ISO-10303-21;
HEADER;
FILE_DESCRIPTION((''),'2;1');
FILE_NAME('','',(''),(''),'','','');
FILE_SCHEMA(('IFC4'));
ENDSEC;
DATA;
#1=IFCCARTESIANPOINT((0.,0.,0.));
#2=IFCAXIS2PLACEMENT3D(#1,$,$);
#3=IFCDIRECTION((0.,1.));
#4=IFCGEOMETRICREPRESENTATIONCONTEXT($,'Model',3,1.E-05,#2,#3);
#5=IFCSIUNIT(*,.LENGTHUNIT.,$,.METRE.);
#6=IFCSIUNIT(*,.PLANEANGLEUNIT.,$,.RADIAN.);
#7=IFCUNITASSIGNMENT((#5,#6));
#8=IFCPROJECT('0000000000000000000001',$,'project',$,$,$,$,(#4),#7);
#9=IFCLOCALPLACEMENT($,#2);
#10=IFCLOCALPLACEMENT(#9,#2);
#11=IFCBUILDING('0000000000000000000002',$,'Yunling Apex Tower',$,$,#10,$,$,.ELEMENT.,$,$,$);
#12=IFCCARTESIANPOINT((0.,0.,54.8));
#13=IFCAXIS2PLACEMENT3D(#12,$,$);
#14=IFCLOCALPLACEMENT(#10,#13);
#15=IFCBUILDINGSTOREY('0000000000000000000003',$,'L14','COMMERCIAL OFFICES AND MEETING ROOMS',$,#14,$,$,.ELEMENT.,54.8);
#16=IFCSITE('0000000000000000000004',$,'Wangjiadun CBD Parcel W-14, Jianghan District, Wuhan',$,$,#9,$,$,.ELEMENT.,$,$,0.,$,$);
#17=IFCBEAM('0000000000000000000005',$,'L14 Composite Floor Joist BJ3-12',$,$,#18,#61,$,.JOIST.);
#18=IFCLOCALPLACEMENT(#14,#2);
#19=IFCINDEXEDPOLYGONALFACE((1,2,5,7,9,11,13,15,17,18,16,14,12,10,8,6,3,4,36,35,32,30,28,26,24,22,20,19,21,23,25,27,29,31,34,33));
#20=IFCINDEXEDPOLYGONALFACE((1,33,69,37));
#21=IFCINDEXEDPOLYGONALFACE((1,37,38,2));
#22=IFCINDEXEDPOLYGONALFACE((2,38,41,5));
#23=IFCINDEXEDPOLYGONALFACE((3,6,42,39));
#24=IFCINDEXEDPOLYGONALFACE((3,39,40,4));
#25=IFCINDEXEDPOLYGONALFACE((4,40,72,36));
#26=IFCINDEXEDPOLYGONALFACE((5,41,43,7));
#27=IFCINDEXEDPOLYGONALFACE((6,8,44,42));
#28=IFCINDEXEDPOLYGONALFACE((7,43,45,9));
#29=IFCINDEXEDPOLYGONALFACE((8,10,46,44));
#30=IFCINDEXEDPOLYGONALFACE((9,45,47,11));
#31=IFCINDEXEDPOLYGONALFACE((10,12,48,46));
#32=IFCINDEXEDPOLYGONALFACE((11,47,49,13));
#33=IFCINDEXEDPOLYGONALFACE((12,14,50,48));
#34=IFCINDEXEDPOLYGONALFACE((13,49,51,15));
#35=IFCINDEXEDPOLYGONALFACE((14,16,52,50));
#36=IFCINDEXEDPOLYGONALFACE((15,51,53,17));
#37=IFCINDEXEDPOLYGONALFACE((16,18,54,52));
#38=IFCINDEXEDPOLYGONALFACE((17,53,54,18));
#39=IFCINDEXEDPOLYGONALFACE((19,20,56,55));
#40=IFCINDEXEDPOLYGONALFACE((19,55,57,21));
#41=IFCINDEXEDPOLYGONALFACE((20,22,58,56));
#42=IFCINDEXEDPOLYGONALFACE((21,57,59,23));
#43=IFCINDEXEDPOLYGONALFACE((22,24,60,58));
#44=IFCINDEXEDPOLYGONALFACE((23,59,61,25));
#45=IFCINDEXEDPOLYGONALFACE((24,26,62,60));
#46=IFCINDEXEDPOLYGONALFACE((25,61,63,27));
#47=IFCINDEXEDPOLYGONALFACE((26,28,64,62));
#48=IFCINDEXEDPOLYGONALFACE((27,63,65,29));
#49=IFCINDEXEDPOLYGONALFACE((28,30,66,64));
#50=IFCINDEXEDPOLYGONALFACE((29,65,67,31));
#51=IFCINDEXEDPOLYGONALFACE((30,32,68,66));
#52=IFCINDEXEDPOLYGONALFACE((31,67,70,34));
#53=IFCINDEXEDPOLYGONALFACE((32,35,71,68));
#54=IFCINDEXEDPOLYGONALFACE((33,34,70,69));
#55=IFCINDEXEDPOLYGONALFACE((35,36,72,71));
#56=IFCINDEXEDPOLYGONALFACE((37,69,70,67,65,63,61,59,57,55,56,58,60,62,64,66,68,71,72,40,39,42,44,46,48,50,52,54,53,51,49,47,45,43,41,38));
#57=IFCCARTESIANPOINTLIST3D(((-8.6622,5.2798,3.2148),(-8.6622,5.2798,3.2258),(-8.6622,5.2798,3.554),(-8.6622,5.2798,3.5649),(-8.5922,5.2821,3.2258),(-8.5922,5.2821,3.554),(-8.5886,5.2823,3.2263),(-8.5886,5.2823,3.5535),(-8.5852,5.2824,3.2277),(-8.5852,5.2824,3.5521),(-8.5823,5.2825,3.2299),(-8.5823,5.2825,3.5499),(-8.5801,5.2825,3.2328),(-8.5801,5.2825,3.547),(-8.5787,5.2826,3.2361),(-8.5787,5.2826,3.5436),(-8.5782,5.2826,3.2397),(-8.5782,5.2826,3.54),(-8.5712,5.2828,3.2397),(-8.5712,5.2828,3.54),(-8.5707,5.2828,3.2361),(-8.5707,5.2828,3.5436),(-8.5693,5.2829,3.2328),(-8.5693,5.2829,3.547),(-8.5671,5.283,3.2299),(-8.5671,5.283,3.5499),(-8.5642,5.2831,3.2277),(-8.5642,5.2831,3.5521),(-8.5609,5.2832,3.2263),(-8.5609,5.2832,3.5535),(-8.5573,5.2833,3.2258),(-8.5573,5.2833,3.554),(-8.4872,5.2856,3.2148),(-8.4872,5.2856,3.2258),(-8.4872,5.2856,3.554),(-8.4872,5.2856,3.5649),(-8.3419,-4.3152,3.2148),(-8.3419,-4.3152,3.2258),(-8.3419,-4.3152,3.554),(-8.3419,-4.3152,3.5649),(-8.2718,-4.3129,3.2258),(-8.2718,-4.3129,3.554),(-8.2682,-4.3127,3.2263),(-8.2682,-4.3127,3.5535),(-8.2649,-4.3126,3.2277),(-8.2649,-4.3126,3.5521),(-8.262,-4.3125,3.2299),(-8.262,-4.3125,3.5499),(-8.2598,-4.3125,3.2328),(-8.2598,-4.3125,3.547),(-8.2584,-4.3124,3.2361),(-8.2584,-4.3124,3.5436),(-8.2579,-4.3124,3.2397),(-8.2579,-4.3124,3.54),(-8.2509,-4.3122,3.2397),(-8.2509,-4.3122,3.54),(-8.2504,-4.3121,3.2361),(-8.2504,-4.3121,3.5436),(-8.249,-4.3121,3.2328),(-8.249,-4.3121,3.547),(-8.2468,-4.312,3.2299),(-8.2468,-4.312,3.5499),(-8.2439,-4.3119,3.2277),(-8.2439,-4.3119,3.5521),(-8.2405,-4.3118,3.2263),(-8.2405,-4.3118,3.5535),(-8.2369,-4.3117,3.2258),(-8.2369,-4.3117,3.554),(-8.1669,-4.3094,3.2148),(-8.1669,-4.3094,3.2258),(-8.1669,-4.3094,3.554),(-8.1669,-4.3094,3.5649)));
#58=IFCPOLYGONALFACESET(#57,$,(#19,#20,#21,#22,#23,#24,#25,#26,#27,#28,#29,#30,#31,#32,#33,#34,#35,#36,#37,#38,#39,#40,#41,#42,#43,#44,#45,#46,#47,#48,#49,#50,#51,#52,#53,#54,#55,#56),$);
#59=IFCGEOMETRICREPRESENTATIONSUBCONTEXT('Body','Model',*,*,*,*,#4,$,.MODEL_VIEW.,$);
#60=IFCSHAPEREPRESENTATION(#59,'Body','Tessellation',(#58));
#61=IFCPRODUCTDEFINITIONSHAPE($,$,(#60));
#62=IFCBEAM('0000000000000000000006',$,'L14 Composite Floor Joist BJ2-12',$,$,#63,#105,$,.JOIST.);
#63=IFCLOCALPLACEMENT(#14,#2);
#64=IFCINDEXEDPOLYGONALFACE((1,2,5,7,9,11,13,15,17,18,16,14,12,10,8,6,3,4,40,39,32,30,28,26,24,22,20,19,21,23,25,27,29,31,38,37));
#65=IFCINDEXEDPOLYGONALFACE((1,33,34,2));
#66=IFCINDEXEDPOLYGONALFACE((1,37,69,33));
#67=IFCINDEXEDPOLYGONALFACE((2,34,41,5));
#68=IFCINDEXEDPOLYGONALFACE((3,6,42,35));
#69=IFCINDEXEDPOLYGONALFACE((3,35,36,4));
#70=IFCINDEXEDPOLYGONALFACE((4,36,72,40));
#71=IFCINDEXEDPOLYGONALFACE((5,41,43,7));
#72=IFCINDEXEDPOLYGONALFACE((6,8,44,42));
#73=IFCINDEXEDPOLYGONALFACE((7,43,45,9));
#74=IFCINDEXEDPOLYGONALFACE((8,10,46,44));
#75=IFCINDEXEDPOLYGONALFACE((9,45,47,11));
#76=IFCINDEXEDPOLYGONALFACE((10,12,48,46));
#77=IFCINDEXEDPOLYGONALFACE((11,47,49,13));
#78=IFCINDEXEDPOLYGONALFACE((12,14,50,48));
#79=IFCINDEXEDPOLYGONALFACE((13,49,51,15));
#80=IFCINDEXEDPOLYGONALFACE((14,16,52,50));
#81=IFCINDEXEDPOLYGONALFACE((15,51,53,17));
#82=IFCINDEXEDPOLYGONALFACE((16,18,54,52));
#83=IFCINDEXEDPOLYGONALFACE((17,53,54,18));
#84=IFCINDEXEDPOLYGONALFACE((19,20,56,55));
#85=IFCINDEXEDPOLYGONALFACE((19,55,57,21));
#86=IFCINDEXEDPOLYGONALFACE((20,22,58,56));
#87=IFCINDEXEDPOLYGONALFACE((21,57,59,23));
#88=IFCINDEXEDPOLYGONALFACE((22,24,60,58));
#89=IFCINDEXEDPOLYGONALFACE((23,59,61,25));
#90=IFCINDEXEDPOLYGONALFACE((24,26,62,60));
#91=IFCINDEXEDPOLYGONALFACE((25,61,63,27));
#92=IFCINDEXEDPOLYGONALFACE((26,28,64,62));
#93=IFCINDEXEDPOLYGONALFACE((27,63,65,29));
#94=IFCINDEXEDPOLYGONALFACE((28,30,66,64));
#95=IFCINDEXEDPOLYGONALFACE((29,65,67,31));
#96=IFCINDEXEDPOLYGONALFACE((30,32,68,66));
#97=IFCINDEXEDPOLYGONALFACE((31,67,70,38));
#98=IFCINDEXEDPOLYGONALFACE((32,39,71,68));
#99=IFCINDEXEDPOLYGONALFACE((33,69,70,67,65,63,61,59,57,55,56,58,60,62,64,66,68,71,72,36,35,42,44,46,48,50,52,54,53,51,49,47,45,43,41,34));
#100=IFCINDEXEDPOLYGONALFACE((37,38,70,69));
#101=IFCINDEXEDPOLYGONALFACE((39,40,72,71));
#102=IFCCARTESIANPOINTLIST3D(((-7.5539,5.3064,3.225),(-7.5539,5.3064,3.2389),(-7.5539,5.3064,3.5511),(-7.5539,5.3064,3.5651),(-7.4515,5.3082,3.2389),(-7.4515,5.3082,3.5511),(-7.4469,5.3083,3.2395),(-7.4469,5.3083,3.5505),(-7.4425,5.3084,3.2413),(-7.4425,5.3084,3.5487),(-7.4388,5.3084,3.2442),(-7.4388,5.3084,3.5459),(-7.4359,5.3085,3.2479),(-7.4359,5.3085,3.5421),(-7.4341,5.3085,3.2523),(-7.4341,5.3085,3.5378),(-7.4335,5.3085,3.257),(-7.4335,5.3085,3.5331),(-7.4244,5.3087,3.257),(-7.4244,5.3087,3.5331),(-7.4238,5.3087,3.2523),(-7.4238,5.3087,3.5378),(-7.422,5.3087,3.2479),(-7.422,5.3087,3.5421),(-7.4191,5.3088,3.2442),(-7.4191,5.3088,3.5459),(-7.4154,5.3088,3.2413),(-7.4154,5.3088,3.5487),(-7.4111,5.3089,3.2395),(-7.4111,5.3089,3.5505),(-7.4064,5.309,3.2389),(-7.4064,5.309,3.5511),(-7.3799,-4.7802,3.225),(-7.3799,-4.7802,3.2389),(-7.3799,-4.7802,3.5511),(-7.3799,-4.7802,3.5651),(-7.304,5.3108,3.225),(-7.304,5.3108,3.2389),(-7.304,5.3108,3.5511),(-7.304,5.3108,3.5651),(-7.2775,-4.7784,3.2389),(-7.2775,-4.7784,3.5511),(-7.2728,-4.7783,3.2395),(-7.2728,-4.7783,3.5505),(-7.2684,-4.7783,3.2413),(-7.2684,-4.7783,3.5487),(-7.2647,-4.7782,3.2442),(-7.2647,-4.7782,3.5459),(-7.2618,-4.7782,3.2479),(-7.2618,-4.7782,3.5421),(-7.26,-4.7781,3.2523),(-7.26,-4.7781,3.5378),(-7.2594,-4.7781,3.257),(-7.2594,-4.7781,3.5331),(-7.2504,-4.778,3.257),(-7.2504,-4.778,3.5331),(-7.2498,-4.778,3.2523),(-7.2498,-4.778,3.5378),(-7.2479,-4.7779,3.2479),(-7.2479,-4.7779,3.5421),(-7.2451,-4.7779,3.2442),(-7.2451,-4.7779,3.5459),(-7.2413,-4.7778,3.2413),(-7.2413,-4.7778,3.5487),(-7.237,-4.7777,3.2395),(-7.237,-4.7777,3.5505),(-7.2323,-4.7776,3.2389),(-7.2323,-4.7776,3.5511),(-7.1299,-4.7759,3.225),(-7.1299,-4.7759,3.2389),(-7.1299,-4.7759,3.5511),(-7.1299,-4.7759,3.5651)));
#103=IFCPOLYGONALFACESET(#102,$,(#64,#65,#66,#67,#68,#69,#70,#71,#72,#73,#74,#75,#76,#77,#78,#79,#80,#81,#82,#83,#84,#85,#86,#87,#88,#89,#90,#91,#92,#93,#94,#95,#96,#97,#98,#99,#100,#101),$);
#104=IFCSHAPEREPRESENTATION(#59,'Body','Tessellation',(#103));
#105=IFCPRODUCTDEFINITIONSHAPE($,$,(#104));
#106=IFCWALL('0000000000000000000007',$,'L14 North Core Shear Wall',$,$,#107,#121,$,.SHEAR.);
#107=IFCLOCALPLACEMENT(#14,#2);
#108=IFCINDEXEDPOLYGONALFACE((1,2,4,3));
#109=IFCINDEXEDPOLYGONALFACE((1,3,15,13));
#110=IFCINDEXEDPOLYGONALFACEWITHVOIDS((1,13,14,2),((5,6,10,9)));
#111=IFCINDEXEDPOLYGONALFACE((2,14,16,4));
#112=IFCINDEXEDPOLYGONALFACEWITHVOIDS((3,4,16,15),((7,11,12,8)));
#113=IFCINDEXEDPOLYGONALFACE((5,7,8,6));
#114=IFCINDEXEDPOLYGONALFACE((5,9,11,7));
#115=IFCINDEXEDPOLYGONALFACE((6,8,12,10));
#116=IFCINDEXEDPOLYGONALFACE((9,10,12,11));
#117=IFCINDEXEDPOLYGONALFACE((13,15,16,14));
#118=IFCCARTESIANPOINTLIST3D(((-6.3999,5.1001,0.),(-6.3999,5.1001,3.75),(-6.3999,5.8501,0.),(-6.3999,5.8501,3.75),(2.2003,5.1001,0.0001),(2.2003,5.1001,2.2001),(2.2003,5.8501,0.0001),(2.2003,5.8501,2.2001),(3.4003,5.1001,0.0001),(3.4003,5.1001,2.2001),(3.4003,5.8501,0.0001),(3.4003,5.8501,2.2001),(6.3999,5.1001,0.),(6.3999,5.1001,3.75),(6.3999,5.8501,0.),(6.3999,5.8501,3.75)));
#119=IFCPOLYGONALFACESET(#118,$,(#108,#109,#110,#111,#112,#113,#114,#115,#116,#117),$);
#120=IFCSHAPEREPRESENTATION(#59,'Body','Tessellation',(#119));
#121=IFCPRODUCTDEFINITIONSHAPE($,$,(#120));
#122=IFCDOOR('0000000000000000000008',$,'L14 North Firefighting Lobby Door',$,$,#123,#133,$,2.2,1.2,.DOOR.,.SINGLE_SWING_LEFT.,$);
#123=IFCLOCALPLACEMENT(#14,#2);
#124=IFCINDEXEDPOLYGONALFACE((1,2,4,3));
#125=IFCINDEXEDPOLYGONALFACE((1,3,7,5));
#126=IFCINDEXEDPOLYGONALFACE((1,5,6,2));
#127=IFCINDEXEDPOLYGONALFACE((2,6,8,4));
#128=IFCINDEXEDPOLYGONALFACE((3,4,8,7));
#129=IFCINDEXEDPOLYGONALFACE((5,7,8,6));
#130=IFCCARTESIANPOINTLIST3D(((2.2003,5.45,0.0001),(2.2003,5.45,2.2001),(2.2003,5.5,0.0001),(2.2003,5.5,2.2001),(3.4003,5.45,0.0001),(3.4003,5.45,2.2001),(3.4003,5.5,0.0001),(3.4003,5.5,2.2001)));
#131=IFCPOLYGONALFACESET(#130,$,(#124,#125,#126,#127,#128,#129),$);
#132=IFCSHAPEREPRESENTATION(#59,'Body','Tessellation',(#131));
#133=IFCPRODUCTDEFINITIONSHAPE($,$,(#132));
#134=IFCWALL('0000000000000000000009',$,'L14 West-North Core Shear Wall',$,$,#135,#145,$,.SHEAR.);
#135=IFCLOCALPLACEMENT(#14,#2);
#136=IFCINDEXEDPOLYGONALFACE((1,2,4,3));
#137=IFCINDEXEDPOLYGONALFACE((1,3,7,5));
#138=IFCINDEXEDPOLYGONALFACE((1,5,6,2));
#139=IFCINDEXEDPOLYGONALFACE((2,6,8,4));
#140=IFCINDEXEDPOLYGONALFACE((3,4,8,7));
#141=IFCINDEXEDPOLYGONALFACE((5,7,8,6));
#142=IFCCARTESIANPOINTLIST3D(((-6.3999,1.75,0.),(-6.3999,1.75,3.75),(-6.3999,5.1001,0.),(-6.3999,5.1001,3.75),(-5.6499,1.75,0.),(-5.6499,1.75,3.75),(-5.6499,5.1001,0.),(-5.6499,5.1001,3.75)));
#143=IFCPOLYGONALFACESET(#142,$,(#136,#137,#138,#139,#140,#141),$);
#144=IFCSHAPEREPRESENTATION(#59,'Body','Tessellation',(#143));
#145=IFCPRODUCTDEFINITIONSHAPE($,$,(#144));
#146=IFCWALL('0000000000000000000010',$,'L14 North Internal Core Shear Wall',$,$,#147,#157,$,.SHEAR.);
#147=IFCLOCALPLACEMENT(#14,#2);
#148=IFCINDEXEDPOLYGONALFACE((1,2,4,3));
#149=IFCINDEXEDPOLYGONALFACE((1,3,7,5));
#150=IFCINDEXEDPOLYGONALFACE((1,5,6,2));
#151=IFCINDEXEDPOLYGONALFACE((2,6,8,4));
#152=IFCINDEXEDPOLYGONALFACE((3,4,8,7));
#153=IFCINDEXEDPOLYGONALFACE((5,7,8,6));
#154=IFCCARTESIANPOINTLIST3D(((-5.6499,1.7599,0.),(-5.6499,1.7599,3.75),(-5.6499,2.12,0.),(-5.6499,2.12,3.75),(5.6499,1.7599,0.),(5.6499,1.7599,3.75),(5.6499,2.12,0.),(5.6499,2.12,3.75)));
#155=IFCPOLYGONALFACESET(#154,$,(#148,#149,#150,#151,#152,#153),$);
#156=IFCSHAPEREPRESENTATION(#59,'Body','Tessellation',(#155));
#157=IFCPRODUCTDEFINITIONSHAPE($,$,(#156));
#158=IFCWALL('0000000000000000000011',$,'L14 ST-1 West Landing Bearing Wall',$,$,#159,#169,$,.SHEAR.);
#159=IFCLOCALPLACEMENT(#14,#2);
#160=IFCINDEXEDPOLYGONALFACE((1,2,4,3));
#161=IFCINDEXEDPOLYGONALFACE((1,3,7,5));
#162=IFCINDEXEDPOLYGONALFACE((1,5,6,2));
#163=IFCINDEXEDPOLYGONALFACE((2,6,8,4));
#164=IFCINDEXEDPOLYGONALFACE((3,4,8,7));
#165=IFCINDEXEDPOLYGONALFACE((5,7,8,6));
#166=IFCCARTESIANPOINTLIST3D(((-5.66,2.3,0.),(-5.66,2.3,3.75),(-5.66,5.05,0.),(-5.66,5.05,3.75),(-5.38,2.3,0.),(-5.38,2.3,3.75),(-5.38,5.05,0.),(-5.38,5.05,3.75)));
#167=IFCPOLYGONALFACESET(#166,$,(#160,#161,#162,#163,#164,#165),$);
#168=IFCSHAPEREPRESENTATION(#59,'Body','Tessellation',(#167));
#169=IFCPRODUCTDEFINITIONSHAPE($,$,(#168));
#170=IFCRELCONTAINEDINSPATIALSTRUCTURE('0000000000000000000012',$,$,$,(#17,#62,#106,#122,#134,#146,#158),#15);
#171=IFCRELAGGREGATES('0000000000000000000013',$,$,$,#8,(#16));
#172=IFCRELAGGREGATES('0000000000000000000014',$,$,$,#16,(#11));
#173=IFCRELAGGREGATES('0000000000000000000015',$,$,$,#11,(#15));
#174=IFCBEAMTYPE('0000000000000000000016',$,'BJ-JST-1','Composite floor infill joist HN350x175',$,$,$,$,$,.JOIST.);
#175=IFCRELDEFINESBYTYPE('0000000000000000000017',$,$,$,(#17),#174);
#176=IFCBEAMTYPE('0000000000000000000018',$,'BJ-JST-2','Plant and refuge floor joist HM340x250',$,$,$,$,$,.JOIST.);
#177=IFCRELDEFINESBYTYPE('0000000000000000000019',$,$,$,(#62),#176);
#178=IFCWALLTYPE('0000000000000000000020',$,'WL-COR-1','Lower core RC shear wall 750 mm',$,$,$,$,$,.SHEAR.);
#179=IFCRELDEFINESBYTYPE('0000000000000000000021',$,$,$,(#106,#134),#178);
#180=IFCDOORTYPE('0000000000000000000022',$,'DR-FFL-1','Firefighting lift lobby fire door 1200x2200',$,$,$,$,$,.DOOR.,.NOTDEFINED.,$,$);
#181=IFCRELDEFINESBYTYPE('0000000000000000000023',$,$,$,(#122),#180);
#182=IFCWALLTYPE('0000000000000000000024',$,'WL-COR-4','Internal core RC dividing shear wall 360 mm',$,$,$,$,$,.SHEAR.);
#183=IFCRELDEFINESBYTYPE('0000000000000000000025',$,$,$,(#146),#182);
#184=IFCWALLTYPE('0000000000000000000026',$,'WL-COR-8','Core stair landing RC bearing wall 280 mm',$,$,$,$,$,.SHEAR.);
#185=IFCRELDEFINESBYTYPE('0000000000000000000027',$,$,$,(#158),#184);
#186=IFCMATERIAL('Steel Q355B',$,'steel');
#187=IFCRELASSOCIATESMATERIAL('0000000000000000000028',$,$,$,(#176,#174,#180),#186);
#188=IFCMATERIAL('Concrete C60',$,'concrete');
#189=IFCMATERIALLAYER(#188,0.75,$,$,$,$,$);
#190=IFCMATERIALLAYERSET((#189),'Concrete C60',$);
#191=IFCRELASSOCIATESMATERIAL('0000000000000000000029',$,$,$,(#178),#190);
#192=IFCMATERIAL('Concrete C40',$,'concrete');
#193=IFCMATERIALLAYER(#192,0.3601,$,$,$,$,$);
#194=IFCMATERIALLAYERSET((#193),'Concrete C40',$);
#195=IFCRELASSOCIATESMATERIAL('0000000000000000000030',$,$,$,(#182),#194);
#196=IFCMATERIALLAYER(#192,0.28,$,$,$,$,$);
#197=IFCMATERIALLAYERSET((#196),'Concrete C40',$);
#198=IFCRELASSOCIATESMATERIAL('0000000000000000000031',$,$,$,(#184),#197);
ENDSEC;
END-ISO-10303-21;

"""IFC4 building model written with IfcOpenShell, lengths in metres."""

from ifc_helpers import new_model, si_unit, direction, frame, frame_2d, origin, origin_2d, place, context, subcontext, project, spatial, rectangle, i_section, extrude, source, transform, mapped, material, layer, layer_set, material_profile, profile_set, type_object, element, fill, save


model = new_model("IFC4")

# Units and contexts
model_context = context("Model", 3, precision=1e-05, world=origin(), true_north=direction((0.0, 1.0)))
body_context = subcontext(model_context, "Body", "Model", "MODEL_VIEW")
ifc_project = project(units=[si_unit("LENGTHUNIT", "METRE"), si_unit("PLANEANGLEUNIT", "RADIAN")], contexts=[model_context])

# Site, building, storey
site_placement = place(None, origin())
site = spatial("IfcSite", under=ifc_project, at=site_placement, Name="Wangjiadun CBD Parcel W-14, Jianghan District, Wuhan", CompositionType="ELEMENT", RefElevation=0.0)
building_placement = place(site_placement, origin())
building = spatial("IfcBuilding", under=site, at=building_placement, Name="Yunling Apex Tower", CompositionType="ELEMENT")
storey_placement = place(building_placement, frame((0.0, 0.0, 54.8)))
storey = spatial("IfcBuildingStorey", under=building, at=storey_placement, Name="L14", Description="COMMERCIAL OFFICES AND MEETING ROOMS", CompositionType="ELEMENT", Elevation=54.8)

# Shared definitions
ifc_material_1 = material(Name="Concrete C60", Category="concrete")

# Beams
ifc_material_2 = material(Name="Steel Q355B", Category="steel")
ifc_material_profile_1 = material_profile(ifc_material_2, i_section(OverallWidth=0.25, OverallDepth=0.3401, WebThickness=0.009, FlangeThickness=0.0139, FilletRadius=0.0181, at=origin_2d()))
ifc_profile_set_1 = profile_set([ifc_material_profile_1], Name="Steel Q355B")
beam_type_1 = type_object("IfcBeamType", Name="BJ-JST-2", Description="Plant and refuge floor joist HM340x250", PredefinedType="JOIST", material=ifc_profile_set_1)
ifc_material_profile_2 = material_profile(ifc_material_2, i_section(OverallWidth=0.175, OverallDepth=0.3501, WebThickness=0.0071, FlangeThickness=0.011, FilletRadius=0.0139, at=origin_2d()))
ifc_profile_set_2 = profile_set([ifc_material_profile_2], Name="Steel Q355B")
beam_type_2 = type_object("IfcBeamType", Name="BJ-JST-1", Description="Composite floor infill joist HN350x175", PredefinedType="JOIST", material=ifc_profile_set_2)
shared_shape_1 = source(origin(), body_context, "Body", "SweptSolid", [
    extrude(i_section(OverallWidth=0.175, OverallDepth=0.3501, WebThickness=0.0071, FlangeThickness=0.011, FilletRadius=0.0139, at=origin_2d()), origin(), (0.0, 0.0, 1.0), 9.6003),
])
beam_1_placement = place(storey_placement, frame((-8.5747, 5.2827, 3.3899), z_axis=(0.033365, -0.999443, 0.0), x_axis=(0.999443, 0.033365, 0.0)))
element("IfcBeam", 1, at=beam_1_placement, inside=storey, type_object=beam_type_2, Name="L14 Composite Floor Joist BJ3-12", PredefinedType="JOIST", context=body_context, shape_type="MappedRepresentation", body=[
    mapped(shared_shape_1, transform((0.0, 0.0, 0.0), scale=1.0)),
])
shared_shape_2 = source(origin(), body_context, "Body", "SweptSolid", [
    extrude(i_section(OverallWidth=0.25, OverallDepth=0.3401, WebThickness=0.009, FlangeThickness=0.0139, FilletRadius=0.0181, at=origin_2d()), origin(), (0.0, 0.0, 1.0), 10.0881),
])
beam_2_placement = place(storey_placement, frame((-7.429, 5.3086, 3.395), z_axis=(0.017255, -0.999851, 0.0), x_axis=(0.999851, 0.017255, 0.0)))
element("IfcBeam", 2, at=beam_2_placement, inside=storey, type_object=beam_type_1, Name="L14 Composite Floor Joist BJ2-12", PredefinedType="JOIST", context=body_context, shape_type="MappedRepresentation", body=[
    mapped(shared_shape_2, transform((0.0, 0.0, 0.0), scale=1.0)),
])

# Wall, opening, door
ifc_layer_1 = layer(ifc_material_1, 0.75)
ifc_layer_set_1 = layer_set([ifc_layer_1], Name="Concrete C60")
wall_type_1 = type_object("IfcWallType", Name="WL-COR-1", Description="Lower core RC shear wall 750 mm", PredefinedType="SHEAR", material=ifc_layer_set_1)
wall_1_placement = place(storey_placement, frame((-6.3999, 5.4751, 0.0), z_axis=(0.0, 0.0, 1.0), x_axis=(1.0, 0.0, 0.0)))
wall_1 = element("IfcWall", 3, at=wall_1_placement, inside=storey, type_object=wall_type_1, Name="L14 North Core Shear Wall", PredefinedType="SHEAR", context=body_context, shape_type="SweptSolid", body=[
    extrude(rectangle(XDim=12.7998, YDim=0.75, at=frame_2d((6.3999, 0.0))), origin(), (0.0, 0.0, 1.0), 3.75),
])
opening_1_placement = place(wall_1_placement, frame((8.6001, 0.0, 0.0)))
opening_1 = element("IfcOpeningElement", 4, at=opening_1_placement, cuts=wall_1, PredefinedType="OPENING", context=body_context, shape_type="SweptSolid", body=[
    extrude(rectangle(XDim=1.2, YDim=2.2, at=frame_2d((0.6001, 1.1001))), frame((0.0, 0.385, 0.0), z_axis=(0.0, -1.0, 0.0), x_axis=(1.0, 0.0, 0.0)), (0.0, 0.0, 1.0), 0.77),
])
door_type_1 = type_object("IfcDoorType", Name="DR-FFL-1", Description="Firefighting lift lobby fire door 1200x2200", OperationType="NOTDEFINED", PredefinedType="DOOR", material=ifc_material_2)
door_1_placement = place(opening_1_placement, origin())
door_1 = element("IfcDoor", 5, at=door_1_placement, inside=storey, type_object=door_type_1, Name="L14 North Firefighting Lobby Door", OperationType="SINGLE_SWING_LEFT", OverallHeight=2.2, OverallWidth=1.2, PredefinedType="DOOR", context=body_context, shape_type="SweptSolid", body=[
    extrude(rectangle(XDim=1.2, YDim=2.2, at=frame_2d((0.6001, 1.1001))), frame((0.0, 0.0249, 0.0), z_axis=(0.0, -1.0, 0.0), x_axis=(1.0, 0.0, 0.0)), (0.0, 0.0, 1.0), 0.05),
])
fill(opening_1, door_1)

# Walls
wall_2_placement = place(storey_placement, frame((-6.0249, 1.75, 0.0), z_axis=(0.0, 0.0, 1.0), x_axis=(0.0, 1.0, 0.0)))
element("IfcWall", 6, at=wall_2_placement, inside=storey, type_object=wall_type_1, Name="L14 West-North Core Shear Wall", PredefinedType="SHEAR", context=body_context, shape_type="SweptSolid", body=[
    extrude(rectangle(XDim=3.3501, YDim=0.75, at=frame_2d((1.675, 0.0))), origin(), (0.0, 0.0, 1.0), 3.75),
])
ifc_material_3 = material(Name="Concrete C40", Category="concrete")
ifc_layer_2 = layer(ifc_material_3, 0.3601)
ifc_layer_set_2 = layer_set([ifc_layer_2], Name="Concrete C40")
wall_type_2 = type_object("IfcWallType", Name="WL-COR-4", Description="Internal core RC dividing shear wall 360 mm", PredefinedType="SHEAR", material=ifc_layer_set_2)
wall_3_placement = place(storey_placement, frame((-5.6499, 1.9399, 0.0), z_axis=(0.0, 0.0, 1.0), x_axis=(1.0, 0.0, 0.0)))
element("IfcWall", 7, at=wall_3_placement, inside=storey, type_object=wall_type_2, Name="L14 North Internal Core Shear Wall", PredefinedType="SHEAR", context=body_context, shape_type="SweptSolid", body=[
    extrude(rectangle(XDim=11.2998, YDim=0.3601, at=frame_2d((5.6499, 0.0))), origin(), (0.0, 0.0, 1.0), 3.75),
])
ifc_layer_3 = layer(ifc_material_3, 0.28)
ifc_layer_set_3 = layer_set([ifc_layer_3], Name="Concrete C40")
wall_type_3 = type_object("IfcWallType", Name="WL-COR-8", Description="Core stair landing RC bearing wall 280 mm", PredefinedType="SHEAR", material=ifc_layer_set_3)
wall_4_placement = place(storey_placement, frame((-5.52, 2.3, 0.0), z_axis=(0.0, 0.0, 1.0), x_axis=(0.0, 1.0, 0.0)))
element("IfcWall", 8, at=wall_4_placement, inside=storey, type_object=wall_type_3, Name="L14 ST-1 West Landing Bearing Wall", PredefinedType="SHEAR", context=body_context, shape_type="SweptSolid", body=[
    extrude(rectangle(XDim=2.75, YDim=0.28, at=frame_2d((1.375, 0.0))), origin(), (0.0, 0.0, 1.0), 3.75),
])

save(model, "model.ifc")
